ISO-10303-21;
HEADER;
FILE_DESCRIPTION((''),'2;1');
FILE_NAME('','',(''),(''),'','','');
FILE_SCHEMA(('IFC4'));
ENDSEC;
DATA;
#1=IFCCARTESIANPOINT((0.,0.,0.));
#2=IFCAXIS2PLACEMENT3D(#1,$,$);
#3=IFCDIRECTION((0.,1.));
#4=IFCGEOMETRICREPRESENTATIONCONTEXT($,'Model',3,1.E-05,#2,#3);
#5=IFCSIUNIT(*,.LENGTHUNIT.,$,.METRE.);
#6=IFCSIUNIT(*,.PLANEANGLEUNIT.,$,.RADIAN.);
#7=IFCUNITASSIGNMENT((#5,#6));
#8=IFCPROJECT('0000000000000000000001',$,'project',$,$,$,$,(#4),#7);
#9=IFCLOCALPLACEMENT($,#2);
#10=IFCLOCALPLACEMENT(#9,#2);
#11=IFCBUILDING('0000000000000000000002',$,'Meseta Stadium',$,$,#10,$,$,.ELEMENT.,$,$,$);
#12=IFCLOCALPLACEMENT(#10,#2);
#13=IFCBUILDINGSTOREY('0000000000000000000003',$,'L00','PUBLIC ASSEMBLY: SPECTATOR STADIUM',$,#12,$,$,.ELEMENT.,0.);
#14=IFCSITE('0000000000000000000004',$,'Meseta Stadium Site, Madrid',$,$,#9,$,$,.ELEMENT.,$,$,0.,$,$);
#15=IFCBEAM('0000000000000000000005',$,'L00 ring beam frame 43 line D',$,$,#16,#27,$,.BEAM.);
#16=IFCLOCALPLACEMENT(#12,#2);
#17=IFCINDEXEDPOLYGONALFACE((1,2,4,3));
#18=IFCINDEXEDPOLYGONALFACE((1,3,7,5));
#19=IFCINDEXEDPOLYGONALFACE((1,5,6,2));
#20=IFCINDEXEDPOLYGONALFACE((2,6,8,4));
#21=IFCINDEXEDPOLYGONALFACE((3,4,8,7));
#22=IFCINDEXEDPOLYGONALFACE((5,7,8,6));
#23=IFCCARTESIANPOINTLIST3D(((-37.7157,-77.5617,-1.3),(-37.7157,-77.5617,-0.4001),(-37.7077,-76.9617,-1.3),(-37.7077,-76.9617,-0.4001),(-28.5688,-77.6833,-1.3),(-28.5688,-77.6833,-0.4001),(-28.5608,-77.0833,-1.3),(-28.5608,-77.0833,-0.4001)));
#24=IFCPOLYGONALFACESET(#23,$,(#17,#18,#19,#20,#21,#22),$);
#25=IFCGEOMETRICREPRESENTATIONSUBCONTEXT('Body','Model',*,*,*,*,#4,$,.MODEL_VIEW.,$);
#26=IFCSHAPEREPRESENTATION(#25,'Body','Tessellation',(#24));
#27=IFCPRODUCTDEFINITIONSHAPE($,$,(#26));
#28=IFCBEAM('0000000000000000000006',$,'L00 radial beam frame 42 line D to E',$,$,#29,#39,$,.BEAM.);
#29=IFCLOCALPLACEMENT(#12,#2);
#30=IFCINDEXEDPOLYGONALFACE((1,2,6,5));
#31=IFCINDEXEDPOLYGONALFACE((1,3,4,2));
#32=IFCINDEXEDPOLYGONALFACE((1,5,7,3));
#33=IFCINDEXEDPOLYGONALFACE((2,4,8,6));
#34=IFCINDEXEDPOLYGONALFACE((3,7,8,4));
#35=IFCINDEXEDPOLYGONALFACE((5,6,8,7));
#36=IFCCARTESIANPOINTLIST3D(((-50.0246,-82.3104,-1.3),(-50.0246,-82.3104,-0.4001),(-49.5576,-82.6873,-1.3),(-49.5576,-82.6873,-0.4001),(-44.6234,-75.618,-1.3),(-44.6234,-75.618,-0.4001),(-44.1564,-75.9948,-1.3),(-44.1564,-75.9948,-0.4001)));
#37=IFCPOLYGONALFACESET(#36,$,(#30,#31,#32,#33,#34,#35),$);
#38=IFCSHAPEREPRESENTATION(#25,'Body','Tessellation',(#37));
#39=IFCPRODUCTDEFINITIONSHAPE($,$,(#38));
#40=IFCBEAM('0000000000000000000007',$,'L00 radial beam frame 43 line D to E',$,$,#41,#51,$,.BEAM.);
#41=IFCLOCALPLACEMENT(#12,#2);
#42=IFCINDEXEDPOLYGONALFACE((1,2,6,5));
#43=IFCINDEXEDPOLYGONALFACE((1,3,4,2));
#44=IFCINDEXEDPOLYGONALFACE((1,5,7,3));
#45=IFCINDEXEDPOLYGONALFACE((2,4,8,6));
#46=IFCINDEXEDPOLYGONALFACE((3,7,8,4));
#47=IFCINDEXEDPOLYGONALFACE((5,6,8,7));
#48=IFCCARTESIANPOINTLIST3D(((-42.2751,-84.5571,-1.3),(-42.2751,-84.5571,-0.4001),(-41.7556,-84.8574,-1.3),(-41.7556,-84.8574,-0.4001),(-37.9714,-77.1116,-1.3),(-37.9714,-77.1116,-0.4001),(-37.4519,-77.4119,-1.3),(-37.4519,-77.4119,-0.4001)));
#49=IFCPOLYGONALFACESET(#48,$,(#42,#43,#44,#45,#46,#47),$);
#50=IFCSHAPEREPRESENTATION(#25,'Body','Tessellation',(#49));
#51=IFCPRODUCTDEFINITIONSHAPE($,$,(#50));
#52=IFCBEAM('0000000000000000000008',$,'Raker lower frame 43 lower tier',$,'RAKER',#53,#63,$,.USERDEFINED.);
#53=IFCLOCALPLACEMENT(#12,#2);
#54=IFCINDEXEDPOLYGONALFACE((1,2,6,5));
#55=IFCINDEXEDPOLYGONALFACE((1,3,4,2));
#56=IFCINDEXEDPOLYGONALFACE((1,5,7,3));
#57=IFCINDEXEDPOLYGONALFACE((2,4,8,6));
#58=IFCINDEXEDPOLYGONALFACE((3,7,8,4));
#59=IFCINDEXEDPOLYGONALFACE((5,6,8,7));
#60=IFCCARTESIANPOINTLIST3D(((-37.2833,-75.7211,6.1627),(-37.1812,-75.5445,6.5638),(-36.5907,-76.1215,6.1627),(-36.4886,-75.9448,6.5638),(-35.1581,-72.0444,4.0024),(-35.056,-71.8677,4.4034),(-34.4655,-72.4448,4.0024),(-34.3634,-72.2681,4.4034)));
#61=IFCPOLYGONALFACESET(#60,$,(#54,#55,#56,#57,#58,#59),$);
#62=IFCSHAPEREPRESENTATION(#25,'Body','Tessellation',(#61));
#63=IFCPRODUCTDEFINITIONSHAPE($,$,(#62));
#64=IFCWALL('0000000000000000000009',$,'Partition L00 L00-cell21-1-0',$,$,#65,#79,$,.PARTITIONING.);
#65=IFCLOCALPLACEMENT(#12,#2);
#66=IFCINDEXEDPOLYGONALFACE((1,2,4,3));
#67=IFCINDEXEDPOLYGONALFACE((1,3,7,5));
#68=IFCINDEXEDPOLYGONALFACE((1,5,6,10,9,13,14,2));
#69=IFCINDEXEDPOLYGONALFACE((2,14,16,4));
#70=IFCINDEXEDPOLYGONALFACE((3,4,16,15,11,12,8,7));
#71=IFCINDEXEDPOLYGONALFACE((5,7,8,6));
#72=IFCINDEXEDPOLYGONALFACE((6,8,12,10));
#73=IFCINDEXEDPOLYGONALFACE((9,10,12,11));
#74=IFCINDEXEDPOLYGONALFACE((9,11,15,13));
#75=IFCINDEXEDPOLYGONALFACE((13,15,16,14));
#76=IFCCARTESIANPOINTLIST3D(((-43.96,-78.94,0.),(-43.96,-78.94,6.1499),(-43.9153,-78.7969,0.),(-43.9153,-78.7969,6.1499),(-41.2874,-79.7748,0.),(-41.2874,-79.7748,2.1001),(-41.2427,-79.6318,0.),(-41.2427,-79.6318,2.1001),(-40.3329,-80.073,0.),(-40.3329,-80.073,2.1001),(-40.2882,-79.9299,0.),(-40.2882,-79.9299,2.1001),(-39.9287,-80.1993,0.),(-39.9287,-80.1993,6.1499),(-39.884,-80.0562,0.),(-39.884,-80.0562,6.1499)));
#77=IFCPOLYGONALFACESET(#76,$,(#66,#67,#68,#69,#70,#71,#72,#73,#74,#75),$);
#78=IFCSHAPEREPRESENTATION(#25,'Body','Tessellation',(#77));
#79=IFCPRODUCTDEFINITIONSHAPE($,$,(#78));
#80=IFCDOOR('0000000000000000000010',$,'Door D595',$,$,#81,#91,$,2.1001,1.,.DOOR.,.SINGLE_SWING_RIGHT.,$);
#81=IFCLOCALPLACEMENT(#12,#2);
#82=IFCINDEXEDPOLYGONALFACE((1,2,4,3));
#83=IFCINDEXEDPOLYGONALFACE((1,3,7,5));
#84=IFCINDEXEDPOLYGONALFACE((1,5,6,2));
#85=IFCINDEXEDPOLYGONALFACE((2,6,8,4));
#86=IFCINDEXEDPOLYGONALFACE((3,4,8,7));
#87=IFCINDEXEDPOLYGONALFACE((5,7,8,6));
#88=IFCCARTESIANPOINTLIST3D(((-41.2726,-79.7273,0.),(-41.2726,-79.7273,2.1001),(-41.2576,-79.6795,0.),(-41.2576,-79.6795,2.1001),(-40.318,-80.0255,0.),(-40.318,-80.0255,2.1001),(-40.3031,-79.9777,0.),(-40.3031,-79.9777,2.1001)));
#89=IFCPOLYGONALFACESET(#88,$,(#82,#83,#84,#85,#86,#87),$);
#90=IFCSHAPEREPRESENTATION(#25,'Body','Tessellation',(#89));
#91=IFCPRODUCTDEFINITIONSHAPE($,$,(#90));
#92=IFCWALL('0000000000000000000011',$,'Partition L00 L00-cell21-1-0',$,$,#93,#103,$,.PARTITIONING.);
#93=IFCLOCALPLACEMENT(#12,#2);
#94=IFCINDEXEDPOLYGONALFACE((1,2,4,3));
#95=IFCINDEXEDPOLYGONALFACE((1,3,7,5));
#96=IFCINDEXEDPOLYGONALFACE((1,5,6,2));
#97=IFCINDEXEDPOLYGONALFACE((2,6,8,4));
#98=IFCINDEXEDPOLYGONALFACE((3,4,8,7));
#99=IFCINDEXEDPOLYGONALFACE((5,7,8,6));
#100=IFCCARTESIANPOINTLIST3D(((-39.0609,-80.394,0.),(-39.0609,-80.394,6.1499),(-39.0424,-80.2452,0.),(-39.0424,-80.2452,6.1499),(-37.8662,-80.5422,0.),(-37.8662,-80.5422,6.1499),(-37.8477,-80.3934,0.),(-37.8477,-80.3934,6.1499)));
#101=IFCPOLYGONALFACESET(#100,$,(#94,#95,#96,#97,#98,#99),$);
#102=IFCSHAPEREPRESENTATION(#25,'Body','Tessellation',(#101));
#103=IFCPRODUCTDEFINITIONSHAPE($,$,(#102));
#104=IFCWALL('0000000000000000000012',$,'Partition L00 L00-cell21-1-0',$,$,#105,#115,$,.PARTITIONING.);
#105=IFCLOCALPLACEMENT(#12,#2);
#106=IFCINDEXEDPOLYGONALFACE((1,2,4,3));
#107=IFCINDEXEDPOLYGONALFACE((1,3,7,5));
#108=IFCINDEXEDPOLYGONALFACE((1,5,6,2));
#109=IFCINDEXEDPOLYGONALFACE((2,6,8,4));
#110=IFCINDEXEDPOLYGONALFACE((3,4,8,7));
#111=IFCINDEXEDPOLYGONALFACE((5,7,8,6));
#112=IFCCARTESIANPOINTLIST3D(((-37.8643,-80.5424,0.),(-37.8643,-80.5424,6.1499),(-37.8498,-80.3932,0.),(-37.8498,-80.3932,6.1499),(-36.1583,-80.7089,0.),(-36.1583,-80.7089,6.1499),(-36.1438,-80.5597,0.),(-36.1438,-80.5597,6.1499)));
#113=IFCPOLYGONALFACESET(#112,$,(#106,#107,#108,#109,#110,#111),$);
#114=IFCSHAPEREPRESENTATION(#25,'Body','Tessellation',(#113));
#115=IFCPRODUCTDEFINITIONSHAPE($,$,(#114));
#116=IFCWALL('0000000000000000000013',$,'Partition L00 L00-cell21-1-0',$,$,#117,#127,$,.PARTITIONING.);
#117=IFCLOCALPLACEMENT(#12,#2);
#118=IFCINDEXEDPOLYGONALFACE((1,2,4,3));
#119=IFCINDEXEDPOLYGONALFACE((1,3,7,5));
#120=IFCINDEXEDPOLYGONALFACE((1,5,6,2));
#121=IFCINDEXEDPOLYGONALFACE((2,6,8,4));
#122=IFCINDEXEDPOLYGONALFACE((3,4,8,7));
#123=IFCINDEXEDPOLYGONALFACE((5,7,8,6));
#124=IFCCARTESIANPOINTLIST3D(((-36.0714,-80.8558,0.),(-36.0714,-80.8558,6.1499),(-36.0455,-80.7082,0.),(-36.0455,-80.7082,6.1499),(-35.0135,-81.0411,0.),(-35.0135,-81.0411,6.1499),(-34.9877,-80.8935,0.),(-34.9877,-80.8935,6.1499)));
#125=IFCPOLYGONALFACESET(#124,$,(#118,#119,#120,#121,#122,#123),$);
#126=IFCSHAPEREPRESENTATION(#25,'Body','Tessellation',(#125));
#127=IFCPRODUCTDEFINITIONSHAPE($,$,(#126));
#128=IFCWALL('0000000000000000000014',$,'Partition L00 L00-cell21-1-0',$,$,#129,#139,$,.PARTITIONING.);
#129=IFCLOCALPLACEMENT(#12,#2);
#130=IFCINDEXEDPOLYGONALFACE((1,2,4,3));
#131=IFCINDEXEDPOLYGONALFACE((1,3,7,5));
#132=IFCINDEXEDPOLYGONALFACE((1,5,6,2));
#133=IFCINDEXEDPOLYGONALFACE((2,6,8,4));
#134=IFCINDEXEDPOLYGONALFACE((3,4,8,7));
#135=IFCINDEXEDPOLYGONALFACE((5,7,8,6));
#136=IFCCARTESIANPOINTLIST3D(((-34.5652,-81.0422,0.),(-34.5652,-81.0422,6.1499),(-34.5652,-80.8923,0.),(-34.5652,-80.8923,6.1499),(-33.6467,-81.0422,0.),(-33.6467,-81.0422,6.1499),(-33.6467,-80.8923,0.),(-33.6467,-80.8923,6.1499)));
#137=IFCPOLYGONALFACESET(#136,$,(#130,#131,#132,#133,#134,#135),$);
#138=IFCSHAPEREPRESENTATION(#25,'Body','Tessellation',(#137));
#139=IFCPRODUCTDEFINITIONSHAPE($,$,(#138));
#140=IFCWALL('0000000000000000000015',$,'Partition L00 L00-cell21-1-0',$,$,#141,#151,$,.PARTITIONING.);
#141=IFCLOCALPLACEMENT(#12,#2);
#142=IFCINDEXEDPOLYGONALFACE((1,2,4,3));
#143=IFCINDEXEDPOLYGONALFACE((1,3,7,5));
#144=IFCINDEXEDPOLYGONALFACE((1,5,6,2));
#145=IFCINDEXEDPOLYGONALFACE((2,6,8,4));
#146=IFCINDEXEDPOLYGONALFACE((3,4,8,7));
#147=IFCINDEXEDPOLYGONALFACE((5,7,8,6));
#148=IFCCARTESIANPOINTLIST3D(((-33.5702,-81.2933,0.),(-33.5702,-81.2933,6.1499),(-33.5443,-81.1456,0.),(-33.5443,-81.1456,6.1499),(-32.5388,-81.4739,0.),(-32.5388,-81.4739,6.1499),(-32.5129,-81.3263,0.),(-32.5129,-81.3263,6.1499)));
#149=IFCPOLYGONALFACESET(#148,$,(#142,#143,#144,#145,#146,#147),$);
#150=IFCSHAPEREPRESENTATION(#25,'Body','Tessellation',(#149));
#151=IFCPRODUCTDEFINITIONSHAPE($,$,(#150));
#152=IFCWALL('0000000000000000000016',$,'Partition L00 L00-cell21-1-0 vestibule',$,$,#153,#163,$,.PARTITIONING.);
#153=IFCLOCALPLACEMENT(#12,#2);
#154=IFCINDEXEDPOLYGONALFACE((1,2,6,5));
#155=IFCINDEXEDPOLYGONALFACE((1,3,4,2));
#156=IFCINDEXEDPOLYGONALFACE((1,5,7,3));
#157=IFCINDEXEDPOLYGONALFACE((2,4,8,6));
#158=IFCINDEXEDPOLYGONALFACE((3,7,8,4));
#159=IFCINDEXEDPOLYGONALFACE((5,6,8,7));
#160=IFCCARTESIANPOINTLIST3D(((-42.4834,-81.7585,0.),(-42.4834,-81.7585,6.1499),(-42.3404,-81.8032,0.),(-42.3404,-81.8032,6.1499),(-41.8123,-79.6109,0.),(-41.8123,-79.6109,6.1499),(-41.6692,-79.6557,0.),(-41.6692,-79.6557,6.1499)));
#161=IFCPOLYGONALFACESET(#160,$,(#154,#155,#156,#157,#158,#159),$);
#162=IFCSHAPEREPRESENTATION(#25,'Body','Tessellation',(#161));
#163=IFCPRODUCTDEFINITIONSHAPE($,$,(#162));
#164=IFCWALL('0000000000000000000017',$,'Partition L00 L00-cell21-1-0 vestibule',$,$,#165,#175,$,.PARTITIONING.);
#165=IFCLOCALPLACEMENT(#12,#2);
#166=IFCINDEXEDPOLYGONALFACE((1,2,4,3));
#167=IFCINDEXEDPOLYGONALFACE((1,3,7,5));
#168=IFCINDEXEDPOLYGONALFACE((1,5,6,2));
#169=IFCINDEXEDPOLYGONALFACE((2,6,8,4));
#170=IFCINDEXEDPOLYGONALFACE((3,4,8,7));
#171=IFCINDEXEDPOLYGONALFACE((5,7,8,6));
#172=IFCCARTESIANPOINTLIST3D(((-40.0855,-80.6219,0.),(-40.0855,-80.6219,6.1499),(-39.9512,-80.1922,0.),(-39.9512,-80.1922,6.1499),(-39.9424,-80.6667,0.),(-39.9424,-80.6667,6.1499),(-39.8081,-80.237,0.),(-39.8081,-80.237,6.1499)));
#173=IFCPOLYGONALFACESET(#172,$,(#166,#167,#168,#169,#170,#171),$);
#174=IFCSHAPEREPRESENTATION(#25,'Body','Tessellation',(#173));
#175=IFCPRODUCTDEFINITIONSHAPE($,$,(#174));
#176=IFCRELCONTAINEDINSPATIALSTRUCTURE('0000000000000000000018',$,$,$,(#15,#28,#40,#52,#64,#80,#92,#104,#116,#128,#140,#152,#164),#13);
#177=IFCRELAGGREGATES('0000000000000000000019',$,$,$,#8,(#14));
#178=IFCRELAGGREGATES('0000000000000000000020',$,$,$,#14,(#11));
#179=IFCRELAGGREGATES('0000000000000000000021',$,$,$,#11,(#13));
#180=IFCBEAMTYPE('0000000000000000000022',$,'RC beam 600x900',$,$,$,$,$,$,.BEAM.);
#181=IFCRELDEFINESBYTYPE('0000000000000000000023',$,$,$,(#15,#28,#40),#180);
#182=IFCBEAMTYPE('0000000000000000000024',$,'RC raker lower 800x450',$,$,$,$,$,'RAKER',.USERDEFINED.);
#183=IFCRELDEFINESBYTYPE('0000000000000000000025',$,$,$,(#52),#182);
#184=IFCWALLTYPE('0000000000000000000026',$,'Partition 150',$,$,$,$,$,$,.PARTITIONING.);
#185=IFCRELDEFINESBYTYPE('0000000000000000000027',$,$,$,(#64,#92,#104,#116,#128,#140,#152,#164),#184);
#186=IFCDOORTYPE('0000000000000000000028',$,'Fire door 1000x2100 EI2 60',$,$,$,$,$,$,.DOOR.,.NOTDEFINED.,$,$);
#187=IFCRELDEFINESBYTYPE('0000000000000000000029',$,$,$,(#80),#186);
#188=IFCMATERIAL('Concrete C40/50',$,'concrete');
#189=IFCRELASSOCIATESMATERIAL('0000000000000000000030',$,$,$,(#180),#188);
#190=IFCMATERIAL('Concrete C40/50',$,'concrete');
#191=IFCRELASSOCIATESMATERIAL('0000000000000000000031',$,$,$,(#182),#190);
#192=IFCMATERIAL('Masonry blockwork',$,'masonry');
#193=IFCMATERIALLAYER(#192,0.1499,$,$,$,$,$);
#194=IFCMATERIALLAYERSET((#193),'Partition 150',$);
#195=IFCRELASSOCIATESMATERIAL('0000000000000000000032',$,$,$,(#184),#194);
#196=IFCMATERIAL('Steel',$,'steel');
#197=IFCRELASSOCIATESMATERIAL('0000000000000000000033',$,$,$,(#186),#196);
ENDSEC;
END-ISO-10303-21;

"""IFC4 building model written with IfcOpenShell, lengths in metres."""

from ifc_helpers import new_model, si_unit, direction, frame, frame_2d, origin, origin_2d, place, context, subcontext, project, spatial, rectangle, extrude, material, layer, layer_set, material_profile, profile_set, type_object, element, fill, save


model = new_model("IFC4")

# Units and contexts
model_context = context("Model", 3, precision=1e-05, world=origin(), true_north=direction((0.0, 1.0)))
body_context = subcontext(model_context, "Body", "Model", "MODEL_VIEW")
ifc_project = project(units=[si_unit("LENGTHUNIT", "METRE"), si_unit("PLANEANGLEUNIT", "RADIAN")], contexts=[model_context])

# Site, building, storey
site_placement = place(None, origin())
site = spatial("IfcSite", under=ifc_project, at=site_placement, Name="Meseta Stadium Site, Madrid", CompositionType="ELEMENT", RefElevation=0.0)
building_placement = place(site_placement, origin())
building = spatial("IfcBuilding", under=site, at=building_placement, Name="Meseta Stadium", CompositionType="ELEMENT")
storey_placement = place(building_placement, origin())
storey = spatial("IfcBuildingStorey", under=building, at=storey_placement, Name="L00", Description="PUBLIC ASSEMBLY: SPECTATOR STADIUM", CompositionType="ELEMENT", Elevation=0.0)

# Beams
ifc_material_1 = material(Name="Concrete C40/50", Category="concrete")
ifc_material_profile_1 = material_profile(ifc_material_1, rectangle(XDim=0.6001, YDim=0.8999, at=origin_2d()), Name="RC 600x900")
ifc_profile_set_1 = profile_set([ifc_material_profile_1], Name="Concrete C40/50")
beam_type_1 = type_object("IfcBeamType", Name="RC beam 600x900", PredefinedType="BEAM", material=ifc_profile_set_1)
beam_1_placement = place(storey_placement, frame((-37.7117, -77.2617, -0.8501), z_axis=(0.999912, -0.013291, 0.0), x_axis=(0.013291, 0.999912, 0.0)))
element("IfcBeam", 1, at=beam_1_placement, inside=storey, type_object=beam_type_1, Name="L00 ring beam frame 43 line D", PredefinedType="BEAM", context=body_context, shape_type="SweptSolid", body=[
    extrude(rectangle(XDim=0.6001, YDim=0.8999, at=origin_2d()), origin(), (0.0, 0.0, 1.0), 9.1477),
])
beam_2_placement = place(storey_placement, frame((-44.3899, -75.8064, -0.8501), z_axis=(-0.628037, -0.778183, 0.0), x_axis=(0.778183, -0.628037, 0.0)))
element("IfcBeam", 2, at=beam_2_placement, inside=storey, type_object=beam_type_1, Name="L00 radial beam frame 42 line D to E", PredefinedType="BEAM", context=body_context, shape_type="SweptSolid", body=[
    extrude(rectangle(XDim=0.6001, YDim=0.8999, at=origin_2d()), origin(), (0.0, 0.0, 1.0), 8.6001),
])
beam_3_placement = place(storey_placement, frame((-37.7117, -77.2617, -0.8501), z_axis=(-0.500437, -0.865773, 0.0), x_axis=(0.865773, -0.500437, 0.0)))
element("IfcBeam", 3, at=beam_3_placement, inside=storey, type_object=beam_type_1, Name="L00 radial beam frame 43 line D to E", PredefinedType="BEAM", context=body_context, shape_type="SweptSolid", body=[
    extrude(rectangle(XDim=0.6001, YDim=0.8999, at=origin_2d()), origin(), (0.0, 0.0, 1.0), 8.5999),
])
ifc_material_2 = material(Name="Concrete C40/50", Category="concrete")
ifc_material_profile_2 = material_profile(ifc_material_2, rectangle(XDim=0.8, YDim=0.45, at=origin_2d()), Name="RC 800x450")
ifc_profile_set_2 = profile_set([ifc_material_profile_2], Name="Concrete C40/50")
beam_type_2 = type_object("IfcBeamType", Name="RC raker lower 800x450", ElementType="RAKER", PredefinedType="USERDEFINED", material=ifc_profile_set_2)
beam_4_placement = place(storey_placement, frame((-34.7607, -72.1562, 4.2029), z_axis=(-0.446038, -0.771663, 0.453416), x_axis=(0.865774, -0.500436, 0.0)))
element("IfcBeam", 4, at=beam_4_placement, inside=storey, type_object=beam_type_2, Name="Raker lower frame 43 lower tier", ObjectType="RAKER", PredefinedType="USERDEFINED", context=body_context, shape_type="SweptSolid", body=[
    extrude(rectangle(XDim=0.8, YDim=0.45, at=origin_2d()), origin(), (0.0, 0.0, 1.0), 4.7646),
])

# Wall, opening, door
ifc_material_3 = material(Name="Masonry blockwork", Category="masonry")
ifc_layer = layer(ifc_material_3, 0.1499)
ifc_layer_set = layer_set([ifc_layer], Name="Partition 150")
wall_type = type_object("IfcWallType", Name="Partition 150", PredefinedType="PARTITIONING", material=ifc_layer_set)
wall_1_placement = place(storey_placement, frame((-43.9377, -78.8684, 0.0), z_axis=(0.0, 0.0, 1.0), x_axis=(0.954513, -0.29817, 0.0)))
wall_1 = element("IfcWall", 5, at=wall_1_placement, inside=storey, type_object=wall_type, Name="Partition L00 L00-cell21-1-0", PredefinedType="PARTITIONING", context=body_context, shape_type="SweptSolid", body=[
    extrude(rectangle(XDim=4.2234, YDim=0.1499, at=frame_2d((2.1118, 0.0))), origin(), (0.0, 0.0, 1.0), 6.1499),
])
opening_placement = place(wall_1_placement, frame((2.8, 0.0, 0.0)))
opening = element("IfcOpeningElement", 6, at=opening_placement, cuts=wall_1, PredefinedType="OPENING", context=body_context, shape_type="SweptSolid", body=[
    extrude(rectangle(XDim=1.0, YDim=2.1001, at=frame_2d((0.5, 1.05))), frame((0.0, 0.085, 0.0), z_axis=(0.0, -1.0, 0.0), x_axis=(1.0, 0.0, 0.0)), (0.0, 0.0, 1.0), 0.1699),
])
ifc_material_4 = material(Name="Steel", Category="steel")
door_type = type_object("IfcDoorType", Name="Fire door 1000x2100 EI2 60", OperationType="NOTDEFINED", PredefinedType="DOOR", material=ifc_material_4)
door_placement = place(opening_placement, origin())
door = element("IfcDoor", 7, at=door_placement, inside=storey, type_object=door_type, Name="Door D595", OperationType="SINGLE_SWING_RIGHT", OverallHeight=2.1001, OverallWidth=1.0, PredefinedType="DOOR", context=body_context, shape_type="SweptSolid", body=[
    extrude(rectangle(XDim=1.0, YDim=2.1001, at=frame_2d((0.5, 1.05))), frame((0.0, 0.0249, 0.0), z_axis=(0.0, -1.0, 0.0), x_axis=(1.0, 0.0, 0.0)), (0.0, 0.0, 1.0), 0.05),
])
fill(opening, door)

# Walls
wall_2_placement = place(storey_placement, frame((-39.0518, -80.3196, 0.0), z_axis=(0.0, 0.0, 1.0), x_axis=(0.992396, -0.123086, 0.0)))
element("IfcWall", 8, at=wall_2_placement, inside=storey, type_object=wall_type, Name="Partition L00 L00-cell21-1-0", PredefinedType="PARTITIONING", context=body_context, shape_type="SweptSolid", body=[
    extrude(rectangle(XDim=1.2039, YDim=0.1499, at=frame_2d((0.6021, 0.0))), origin(), (0.0, 0.0, 1.0), 6.1499),
])
wall_3_placement = place(storey_placement, frame((-37.8569, -80.4678, 0.0), z_axis=(0.0, 0.0, 1.0), x_axis=(0.995271, -0.097134, 0.0)))
element("IfcWall", 9, at=wall_3_placement, inside=storey, type_object=wall_type, Name="Partition L00 L00-cell21-1-0", PredefinedType="PARTITIONING", context=body_context, shape_type="SweptSolid", body=[
    extrude(rectangle(XDim=1.7141, YDim=0.1499, at=frame_2d((0.8569, 0.0))), origin(), (0.0, 0.0, 1.0), 6.1499),
])
wall_4_placement = place(storey_placement, frame((-36.0586, -80.782, 0.0), z_axis=(0.0, 0.0, 1.0), x_axis=(0.985002, -0.17254, 0.0)))
element("IfcWall", 10, at=wall_4_placement, inside=storey, type_object=wall_type, Name="Partition L00 L00-cell21-1-0", PredefinedType="PARTITIONING", context=body_context, shape_type="SweptSolid", body=[
    extrude(rectangle(XDim=1.074, YDim=0.1499, at=frame_2d((0.5371, 0.0))), origin(), (0.0, 0.0, 1.0), 6.1499),
])
wall_5_placement = place(storey_placement, frame((-34.5652, -80.9673, 0.0), z_axis=(0.0, 0.0, 1.0), x_axis=(1.0, 0.0, 0.0)))
element("IfcWall", 11, at=wall_5_placement, inside=storey, type_object=wall_type, Name="Partition L00 L00-cell21-1-0", PredefinedType="PARTITIONING", context=body_context, shape_type="SweptSolid", body=[
    extrude(rectangle(XDim=0.9185, YDim=0.1499, at=frame_2d((0.4592, 0.0))), origin(), (0.0, 0.0, 1.0), 6.1499),
])
wall_6_placement = place(storey_placement, frame((-33.5571, -81.2195, 0.0), z_axis=(0.0, 0.0, 1.0), x_axis=(0.985006, -0.172522, 0.0)))
element("IfcWall", 12, at=wall_6_placement, inside=storey, type_object=wall_type, Name="Partition L00 L00-cell21-1-0", PredefinedType="PARTITIONING", context=body_context, shape_type="SweptSolid", body=[
    extrude(rectangle(XDim=1.0471, YDim=0.1499, at=frame_2d((0.5234, 0.0))), origin(), (0.0, 0.0, 1.0), 6.1499),
])
wall_7_placement = place(storey_placement, frame((-41.7407, -79.6333, 0.0), z_axis=(0.0, 0.0, 1.0), x_axis=(-0.2983, -0.954472, 0.0)))
element("IfcWall", 13, at=wall_7_placement, inside=storey, type_object=wall_type, Name="Partition L00 L00-cell21-1-0 vestibule", PredefinedType="PARTITIONING", context=body_context, shape_type="SweptSolid", body=[
    extrude(rectangle(XDim=2.25, YDim=0.1499, at=frame_2d((1.125, 0.0))), origin(), (0.0, 0.0, 1.0), 6.1499),
])
wall_8_placement = place(storey_placement, frame((-39.8796, -80.2146, 0.0), z_axis=(0.0, 0.0, 1.0), x_axis=(-0.298275, -0.95448, 0.0)))
element("IfcWall", 14, at=wall_8_placement, inside=storey, type_object=wall_type, Name="Partition L00 L00-cell21-1-0 vestibule", PredefinedType="PARTITIONING", context=body_context, shape_type="SweptSolid", body=[
    extrude(rectangle(XDim=0.4502, YDim=0.1499, at=frame_2d((0.2251, 0.0))), origin(), (0.0, 0.0, 1.0), 6.1499),
])

save(model, "model.ifc")
